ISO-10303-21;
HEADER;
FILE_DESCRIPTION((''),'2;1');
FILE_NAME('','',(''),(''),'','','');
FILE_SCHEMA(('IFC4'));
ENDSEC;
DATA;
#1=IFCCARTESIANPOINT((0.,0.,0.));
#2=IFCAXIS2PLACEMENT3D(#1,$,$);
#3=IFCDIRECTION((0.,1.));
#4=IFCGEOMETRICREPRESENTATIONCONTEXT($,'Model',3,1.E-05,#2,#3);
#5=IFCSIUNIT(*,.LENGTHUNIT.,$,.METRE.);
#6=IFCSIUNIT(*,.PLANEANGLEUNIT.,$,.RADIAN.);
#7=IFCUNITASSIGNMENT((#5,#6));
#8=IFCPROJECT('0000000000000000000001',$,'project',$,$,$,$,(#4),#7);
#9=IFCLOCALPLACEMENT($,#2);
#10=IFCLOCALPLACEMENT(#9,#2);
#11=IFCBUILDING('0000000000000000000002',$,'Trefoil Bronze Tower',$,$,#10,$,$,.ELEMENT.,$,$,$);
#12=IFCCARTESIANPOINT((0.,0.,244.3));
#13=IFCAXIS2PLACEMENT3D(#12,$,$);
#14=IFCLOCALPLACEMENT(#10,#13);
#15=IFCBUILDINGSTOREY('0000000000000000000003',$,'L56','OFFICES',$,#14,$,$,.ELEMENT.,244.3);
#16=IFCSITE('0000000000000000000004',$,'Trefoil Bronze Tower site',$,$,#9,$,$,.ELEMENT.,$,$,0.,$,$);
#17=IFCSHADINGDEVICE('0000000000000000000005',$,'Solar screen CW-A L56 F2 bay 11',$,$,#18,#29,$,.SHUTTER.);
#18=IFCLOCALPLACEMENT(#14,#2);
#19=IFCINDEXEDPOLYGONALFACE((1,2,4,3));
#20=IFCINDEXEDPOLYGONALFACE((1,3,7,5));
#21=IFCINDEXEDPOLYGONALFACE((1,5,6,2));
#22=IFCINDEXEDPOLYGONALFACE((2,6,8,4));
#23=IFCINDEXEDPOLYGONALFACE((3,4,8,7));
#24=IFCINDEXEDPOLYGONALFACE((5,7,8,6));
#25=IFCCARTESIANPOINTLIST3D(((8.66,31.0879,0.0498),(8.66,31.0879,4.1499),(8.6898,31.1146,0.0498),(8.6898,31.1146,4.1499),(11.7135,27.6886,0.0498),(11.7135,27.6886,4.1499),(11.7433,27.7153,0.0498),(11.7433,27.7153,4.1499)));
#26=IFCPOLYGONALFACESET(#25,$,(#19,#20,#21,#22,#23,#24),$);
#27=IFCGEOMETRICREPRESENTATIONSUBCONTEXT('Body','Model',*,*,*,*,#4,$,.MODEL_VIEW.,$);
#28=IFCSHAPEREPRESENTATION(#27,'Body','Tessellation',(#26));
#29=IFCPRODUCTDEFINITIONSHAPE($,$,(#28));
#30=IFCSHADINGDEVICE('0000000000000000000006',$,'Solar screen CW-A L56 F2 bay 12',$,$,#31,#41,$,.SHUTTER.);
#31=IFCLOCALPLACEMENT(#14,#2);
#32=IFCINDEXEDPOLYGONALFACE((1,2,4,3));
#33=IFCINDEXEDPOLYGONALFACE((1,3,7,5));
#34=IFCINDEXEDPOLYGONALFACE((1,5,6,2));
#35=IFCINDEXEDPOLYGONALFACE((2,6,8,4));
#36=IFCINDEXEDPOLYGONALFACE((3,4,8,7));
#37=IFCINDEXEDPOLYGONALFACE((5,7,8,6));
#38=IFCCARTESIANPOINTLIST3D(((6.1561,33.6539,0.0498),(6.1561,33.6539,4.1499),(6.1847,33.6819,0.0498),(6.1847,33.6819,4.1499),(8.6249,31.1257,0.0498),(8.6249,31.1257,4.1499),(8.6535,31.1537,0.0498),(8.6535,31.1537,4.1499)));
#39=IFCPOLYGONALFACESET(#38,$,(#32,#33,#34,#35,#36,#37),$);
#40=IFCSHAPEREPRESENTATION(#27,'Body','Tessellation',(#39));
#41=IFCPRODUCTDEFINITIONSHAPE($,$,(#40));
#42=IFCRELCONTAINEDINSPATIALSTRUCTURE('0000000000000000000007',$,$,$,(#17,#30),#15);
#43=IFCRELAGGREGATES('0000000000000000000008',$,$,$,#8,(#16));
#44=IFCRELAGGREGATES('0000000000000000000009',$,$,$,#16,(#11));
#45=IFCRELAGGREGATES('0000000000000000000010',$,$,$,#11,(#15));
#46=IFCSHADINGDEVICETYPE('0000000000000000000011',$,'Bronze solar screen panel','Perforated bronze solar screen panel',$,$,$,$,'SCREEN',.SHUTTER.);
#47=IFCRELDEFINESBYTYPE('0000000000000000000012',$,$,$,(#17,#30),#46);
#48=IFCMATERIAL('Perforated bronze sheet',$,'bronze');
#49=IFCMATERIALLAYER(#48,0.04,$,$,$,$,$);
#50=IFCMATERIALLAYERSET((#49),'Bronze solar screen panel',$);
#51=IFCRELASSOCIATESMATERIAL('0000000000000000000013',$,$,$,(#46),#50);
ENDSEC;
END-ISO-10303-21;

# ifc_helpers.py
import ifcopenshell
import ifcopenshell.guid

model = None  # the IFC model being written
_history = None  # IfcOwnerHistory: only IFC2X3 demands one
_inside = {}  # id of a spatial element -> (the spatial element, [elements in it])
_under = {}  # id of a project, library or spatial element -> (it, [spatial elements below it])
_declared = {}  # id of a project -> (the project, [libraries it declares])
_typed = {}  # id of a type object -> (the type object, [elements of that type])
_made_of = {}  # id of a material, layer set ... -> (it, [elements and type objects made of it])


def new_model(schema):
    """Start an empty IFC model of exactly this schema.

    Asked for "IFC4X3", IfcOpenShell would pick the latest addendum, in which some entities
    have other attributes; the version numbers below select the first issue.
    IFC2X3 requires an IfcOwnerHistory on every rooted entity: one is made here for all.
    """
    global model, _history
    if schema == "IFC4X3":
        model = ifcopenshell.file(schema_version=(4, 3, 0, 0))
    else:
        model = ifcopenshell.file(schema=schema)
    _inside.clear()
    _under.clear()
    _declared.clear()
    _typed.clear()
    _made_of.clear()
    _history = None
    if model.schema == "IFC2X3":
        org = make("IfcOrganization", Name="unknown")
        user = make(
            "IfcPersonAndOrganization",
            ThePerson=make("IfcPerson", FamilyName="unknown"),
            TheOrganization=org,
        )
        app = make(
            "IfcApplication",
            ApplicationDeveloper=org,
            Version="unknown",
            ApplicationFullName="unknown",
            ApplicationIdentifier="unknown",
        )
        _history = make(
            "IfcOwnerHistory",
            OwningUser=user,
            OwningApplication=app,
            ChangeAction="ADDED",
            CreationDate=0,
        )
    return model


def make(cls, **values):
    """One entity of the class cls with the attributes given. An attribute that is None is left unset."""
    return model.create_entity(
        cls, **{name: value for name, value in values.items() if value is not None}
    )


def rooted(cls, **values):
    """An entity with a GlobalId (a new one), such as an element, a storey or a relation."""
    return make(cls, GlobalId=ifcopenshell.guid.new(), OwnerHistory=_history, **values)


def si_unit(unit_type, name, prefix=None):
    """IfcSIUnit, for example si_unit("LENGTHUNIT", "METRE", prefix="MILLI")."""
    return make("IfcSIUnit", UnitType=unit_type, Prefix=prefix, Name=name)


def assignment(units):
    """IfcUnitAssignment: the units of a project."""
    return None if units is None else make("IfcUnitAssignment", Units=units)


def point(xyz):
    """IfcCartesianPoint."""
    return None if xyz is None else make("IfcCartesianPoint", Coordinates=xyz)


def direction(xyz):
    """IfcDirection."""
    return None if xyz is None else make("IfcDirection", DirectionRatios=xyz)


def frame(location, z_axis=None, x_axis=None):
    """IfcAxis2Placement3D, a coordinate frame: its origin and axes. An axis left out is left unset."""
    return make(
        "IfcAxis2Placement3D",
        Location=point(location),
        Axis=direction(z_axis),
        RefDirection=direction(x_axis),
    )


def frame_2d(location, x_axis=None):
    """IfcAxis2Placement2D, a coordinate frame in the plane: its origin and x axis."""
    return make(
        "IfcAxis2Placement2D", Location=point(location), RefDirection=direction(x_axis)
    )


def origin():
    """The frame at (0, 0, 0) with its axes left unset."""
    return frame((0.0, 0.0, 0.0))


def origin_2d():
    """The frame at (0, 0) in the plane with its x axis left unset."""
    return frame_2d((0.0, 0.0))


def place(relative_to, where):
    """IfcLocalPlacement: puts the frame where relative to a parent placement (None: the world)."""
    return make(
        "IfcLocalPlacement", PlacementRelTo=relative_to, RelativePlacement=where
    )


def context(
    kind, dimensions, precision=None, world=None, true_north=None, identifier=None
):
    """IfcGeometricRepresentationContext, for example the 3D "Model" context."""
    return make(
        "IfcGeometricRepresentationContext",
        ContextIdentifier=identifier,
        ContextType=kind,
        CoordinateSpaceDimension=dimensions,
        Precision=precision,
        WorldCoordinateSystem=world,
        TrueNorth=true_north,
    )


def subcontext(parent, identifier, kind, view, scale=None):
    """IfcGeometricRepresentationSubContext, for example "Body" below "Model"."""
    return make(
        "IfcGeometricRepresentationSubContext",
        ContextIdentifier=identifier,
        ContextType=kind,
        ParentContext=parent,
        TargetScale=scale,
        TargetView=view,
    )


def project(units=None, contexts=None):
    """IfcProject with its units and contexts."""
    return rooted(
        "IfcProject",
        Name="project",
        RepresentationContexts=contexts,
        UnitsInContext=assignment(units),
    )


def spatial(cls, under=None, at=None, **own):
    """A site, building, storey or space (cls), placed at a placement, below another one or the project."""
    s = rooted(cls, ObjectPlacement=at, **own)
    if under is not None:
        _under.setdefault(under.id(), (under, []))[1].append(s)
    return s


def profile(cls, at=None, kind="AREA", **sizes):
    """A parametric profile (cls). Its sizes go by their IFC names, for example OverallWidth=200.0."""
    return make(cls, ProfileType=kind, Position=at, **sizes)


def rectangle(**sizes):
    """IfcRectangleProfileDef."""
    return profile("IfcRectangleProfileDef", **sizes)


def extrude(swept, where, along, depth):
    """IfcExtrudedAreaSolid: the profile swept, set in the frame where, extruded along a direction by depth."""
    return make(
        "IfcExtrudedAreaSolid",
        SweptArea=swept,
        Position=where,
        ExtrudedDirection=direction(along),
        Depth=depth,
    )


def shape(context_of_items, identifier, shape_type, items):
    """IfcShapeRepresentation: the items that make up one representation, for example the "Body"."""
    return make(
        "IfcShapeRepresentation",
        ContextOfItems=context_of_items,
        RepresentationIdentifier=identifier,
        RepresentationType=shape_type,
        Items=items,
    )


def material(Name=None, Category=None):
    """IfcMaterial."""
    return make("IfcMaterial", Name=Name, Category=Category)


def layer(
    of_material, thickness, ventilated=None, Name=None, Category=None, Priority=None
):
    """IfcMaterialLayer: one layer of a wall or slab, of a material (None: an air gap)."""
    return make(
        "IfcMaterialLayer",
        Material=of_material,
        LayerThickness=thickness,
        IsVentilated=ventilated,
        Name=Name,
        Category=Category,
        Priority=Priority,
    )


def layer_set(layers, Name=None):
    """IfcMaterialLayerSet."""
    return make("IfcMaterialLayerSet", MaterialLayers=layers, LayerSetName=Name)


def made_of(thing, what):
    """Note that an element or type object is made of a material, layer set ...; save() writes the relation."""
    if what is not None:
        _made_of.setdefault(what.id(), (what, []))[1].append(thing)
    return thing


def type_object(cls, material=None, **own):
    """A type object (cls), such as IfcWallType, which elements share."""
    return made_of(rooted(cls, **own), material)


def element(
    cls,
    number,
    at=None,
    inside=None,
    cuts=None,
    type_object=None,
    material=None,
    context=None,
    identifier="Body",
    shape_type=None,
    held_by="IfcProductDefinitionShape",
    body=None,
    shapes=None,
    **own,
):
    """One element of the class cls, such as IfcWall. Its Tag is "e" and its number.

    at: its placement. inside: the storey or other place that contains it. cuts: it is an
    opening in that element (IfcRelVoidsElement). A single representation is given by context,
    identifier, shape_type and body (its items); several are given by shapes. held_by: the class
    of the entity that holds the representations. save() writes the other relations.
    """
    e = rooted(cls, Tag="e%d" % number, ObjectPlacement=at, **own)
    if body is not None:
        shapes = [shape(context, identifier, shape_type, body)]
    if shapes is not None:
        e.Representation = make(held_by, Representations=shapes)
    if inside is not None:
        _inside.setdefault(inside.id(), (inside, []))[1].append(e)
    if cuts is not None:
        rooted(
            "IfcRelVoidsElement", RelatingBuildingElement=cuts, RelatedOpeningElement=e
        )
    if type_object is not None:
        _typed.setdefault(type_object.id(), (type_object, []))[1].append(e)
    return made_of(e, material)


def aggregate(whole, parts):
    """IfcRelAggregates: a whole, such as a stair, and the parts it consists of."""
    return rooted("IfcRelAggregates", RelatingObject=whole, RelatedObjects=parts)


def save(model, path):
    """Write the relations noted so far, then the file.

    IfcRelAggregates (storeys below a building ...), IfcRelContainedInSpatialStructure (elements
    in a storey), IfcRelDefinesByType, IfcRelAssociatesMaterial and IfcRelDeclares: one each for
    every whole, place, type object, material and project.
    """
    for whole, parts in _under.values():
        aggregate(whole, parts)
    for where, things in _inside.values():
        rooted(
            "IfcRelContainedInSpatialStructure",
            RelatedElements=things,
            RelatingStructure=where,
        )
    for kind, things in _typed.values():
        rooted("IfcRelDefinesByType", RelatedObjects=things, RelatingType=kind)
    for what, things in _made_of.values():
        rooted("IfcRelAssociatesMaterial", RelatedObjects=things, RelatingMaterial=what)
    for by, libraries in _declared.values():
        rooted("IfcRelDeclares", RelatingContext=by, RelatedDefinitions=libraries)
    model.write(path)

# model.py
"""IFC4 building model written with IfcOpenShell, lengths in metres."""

from ifc_helpers import new_model, si_unit, direction, frame, origin, origin_2d, place, context, subcontext, project, spatial, rectangle, extrude, material, layer, layer_set, type_object, element, save


model = new_model("IFC4")

# Units and contexts
model_context = context("Model", 3, precision=1e-05, world=origin(), true_north=direction((0.0, 1.0)))
body_context = subcontext(model_context, "Body", "Model", "MODEL_VIEW")
ifc_project = project(units=[si_unit("LENGTHUNIT", "METRE"), si_unit("PLANEANGLEUNIT", "RADIAN")], contexts=[model_context])

# Site, building, storey
site_placement = place(None, origin())
site = spatial("IfcSite", under=ifc_project, at=site_placement, Name="Trefoil Bronze Tower site", CompositionType="ELEMENT", RefElevation=0.0)
building_placement = place(site_placement, origin())
building = spatial("IfcBuilding", under=site, at=building_placement, Name="Trefoil Bronze Tower", CompositionType="ELEMENT")
storey_placement = place(building_placement, frame((0.0, 0.0, 244.3)))
storey = spatial("IfcBuildingStorey", under=building, at=storey_placement, Name="L56", Description="OFFICES", CompositionType="ELEMENT", Elevation=244.3)

# Shading devices
ifc_material_1 = material(Name="Perforated bronze sheet", Category="bronze")
ifc_layer_1 = layer(ifc_material_1, 0.04)
ifc_layer_set_1 = layer_set([ifc_layer_1], Name="Bronze solar screen panel")
shading_device_type = type_object("IfcShadingDeviceType", Name="Bronze solar screen panel", Description="Perforated bronze solar screen panel", ElementType="SCREEN", PredefinedType="SHUTTER", material=ifc_layer_set_1)
shading_device_1_placement = place(storey_placement, frame((10.2017, 29.4016, 0.0498), z_axis=(0.0, 0.0, 1.0), x_axis=(-0.668246, 0.743941, 0.0)))
element("IfcShadingDevice", 1, at=shading_device_1_placement, inside=storey, type_object=shading_device_type, Name="Solar screen CW-A L56 F2 bay 11", PredefinedType="SHUTTER", context=body_context, shape_type="SweptSolid", body=[
    extrude(rectangle(XDim=4.5693, YDim=0.04, at=origin_2d()), origin(), (0.0, 0.0, 1.0), 4.1001),
])
shading_device_2_placement = place(storey_placement, frame((7.4048, 32.4038, 0.0498), z_axis=(0.0, 0.0, 1.0), x_axis=(-0.698652, 0.715462, 0.0)))
element("IfcShadingDevice", 2, at=shading_device_2_placement, inside=storey, type_object=shading_device_type, Name="Solar screen CW-A L56 F2 bay 12", PredefinedType="SHUTTER", context=body_context, shape_type="SweptSolid", body=[
    extrude(rectangle(XDim=3.5337, YDim=0.04, at=origin_2d()), origin(), (0.0, 0.0, 1.0), 4.1001),
])

save(model, "model.ifc")
